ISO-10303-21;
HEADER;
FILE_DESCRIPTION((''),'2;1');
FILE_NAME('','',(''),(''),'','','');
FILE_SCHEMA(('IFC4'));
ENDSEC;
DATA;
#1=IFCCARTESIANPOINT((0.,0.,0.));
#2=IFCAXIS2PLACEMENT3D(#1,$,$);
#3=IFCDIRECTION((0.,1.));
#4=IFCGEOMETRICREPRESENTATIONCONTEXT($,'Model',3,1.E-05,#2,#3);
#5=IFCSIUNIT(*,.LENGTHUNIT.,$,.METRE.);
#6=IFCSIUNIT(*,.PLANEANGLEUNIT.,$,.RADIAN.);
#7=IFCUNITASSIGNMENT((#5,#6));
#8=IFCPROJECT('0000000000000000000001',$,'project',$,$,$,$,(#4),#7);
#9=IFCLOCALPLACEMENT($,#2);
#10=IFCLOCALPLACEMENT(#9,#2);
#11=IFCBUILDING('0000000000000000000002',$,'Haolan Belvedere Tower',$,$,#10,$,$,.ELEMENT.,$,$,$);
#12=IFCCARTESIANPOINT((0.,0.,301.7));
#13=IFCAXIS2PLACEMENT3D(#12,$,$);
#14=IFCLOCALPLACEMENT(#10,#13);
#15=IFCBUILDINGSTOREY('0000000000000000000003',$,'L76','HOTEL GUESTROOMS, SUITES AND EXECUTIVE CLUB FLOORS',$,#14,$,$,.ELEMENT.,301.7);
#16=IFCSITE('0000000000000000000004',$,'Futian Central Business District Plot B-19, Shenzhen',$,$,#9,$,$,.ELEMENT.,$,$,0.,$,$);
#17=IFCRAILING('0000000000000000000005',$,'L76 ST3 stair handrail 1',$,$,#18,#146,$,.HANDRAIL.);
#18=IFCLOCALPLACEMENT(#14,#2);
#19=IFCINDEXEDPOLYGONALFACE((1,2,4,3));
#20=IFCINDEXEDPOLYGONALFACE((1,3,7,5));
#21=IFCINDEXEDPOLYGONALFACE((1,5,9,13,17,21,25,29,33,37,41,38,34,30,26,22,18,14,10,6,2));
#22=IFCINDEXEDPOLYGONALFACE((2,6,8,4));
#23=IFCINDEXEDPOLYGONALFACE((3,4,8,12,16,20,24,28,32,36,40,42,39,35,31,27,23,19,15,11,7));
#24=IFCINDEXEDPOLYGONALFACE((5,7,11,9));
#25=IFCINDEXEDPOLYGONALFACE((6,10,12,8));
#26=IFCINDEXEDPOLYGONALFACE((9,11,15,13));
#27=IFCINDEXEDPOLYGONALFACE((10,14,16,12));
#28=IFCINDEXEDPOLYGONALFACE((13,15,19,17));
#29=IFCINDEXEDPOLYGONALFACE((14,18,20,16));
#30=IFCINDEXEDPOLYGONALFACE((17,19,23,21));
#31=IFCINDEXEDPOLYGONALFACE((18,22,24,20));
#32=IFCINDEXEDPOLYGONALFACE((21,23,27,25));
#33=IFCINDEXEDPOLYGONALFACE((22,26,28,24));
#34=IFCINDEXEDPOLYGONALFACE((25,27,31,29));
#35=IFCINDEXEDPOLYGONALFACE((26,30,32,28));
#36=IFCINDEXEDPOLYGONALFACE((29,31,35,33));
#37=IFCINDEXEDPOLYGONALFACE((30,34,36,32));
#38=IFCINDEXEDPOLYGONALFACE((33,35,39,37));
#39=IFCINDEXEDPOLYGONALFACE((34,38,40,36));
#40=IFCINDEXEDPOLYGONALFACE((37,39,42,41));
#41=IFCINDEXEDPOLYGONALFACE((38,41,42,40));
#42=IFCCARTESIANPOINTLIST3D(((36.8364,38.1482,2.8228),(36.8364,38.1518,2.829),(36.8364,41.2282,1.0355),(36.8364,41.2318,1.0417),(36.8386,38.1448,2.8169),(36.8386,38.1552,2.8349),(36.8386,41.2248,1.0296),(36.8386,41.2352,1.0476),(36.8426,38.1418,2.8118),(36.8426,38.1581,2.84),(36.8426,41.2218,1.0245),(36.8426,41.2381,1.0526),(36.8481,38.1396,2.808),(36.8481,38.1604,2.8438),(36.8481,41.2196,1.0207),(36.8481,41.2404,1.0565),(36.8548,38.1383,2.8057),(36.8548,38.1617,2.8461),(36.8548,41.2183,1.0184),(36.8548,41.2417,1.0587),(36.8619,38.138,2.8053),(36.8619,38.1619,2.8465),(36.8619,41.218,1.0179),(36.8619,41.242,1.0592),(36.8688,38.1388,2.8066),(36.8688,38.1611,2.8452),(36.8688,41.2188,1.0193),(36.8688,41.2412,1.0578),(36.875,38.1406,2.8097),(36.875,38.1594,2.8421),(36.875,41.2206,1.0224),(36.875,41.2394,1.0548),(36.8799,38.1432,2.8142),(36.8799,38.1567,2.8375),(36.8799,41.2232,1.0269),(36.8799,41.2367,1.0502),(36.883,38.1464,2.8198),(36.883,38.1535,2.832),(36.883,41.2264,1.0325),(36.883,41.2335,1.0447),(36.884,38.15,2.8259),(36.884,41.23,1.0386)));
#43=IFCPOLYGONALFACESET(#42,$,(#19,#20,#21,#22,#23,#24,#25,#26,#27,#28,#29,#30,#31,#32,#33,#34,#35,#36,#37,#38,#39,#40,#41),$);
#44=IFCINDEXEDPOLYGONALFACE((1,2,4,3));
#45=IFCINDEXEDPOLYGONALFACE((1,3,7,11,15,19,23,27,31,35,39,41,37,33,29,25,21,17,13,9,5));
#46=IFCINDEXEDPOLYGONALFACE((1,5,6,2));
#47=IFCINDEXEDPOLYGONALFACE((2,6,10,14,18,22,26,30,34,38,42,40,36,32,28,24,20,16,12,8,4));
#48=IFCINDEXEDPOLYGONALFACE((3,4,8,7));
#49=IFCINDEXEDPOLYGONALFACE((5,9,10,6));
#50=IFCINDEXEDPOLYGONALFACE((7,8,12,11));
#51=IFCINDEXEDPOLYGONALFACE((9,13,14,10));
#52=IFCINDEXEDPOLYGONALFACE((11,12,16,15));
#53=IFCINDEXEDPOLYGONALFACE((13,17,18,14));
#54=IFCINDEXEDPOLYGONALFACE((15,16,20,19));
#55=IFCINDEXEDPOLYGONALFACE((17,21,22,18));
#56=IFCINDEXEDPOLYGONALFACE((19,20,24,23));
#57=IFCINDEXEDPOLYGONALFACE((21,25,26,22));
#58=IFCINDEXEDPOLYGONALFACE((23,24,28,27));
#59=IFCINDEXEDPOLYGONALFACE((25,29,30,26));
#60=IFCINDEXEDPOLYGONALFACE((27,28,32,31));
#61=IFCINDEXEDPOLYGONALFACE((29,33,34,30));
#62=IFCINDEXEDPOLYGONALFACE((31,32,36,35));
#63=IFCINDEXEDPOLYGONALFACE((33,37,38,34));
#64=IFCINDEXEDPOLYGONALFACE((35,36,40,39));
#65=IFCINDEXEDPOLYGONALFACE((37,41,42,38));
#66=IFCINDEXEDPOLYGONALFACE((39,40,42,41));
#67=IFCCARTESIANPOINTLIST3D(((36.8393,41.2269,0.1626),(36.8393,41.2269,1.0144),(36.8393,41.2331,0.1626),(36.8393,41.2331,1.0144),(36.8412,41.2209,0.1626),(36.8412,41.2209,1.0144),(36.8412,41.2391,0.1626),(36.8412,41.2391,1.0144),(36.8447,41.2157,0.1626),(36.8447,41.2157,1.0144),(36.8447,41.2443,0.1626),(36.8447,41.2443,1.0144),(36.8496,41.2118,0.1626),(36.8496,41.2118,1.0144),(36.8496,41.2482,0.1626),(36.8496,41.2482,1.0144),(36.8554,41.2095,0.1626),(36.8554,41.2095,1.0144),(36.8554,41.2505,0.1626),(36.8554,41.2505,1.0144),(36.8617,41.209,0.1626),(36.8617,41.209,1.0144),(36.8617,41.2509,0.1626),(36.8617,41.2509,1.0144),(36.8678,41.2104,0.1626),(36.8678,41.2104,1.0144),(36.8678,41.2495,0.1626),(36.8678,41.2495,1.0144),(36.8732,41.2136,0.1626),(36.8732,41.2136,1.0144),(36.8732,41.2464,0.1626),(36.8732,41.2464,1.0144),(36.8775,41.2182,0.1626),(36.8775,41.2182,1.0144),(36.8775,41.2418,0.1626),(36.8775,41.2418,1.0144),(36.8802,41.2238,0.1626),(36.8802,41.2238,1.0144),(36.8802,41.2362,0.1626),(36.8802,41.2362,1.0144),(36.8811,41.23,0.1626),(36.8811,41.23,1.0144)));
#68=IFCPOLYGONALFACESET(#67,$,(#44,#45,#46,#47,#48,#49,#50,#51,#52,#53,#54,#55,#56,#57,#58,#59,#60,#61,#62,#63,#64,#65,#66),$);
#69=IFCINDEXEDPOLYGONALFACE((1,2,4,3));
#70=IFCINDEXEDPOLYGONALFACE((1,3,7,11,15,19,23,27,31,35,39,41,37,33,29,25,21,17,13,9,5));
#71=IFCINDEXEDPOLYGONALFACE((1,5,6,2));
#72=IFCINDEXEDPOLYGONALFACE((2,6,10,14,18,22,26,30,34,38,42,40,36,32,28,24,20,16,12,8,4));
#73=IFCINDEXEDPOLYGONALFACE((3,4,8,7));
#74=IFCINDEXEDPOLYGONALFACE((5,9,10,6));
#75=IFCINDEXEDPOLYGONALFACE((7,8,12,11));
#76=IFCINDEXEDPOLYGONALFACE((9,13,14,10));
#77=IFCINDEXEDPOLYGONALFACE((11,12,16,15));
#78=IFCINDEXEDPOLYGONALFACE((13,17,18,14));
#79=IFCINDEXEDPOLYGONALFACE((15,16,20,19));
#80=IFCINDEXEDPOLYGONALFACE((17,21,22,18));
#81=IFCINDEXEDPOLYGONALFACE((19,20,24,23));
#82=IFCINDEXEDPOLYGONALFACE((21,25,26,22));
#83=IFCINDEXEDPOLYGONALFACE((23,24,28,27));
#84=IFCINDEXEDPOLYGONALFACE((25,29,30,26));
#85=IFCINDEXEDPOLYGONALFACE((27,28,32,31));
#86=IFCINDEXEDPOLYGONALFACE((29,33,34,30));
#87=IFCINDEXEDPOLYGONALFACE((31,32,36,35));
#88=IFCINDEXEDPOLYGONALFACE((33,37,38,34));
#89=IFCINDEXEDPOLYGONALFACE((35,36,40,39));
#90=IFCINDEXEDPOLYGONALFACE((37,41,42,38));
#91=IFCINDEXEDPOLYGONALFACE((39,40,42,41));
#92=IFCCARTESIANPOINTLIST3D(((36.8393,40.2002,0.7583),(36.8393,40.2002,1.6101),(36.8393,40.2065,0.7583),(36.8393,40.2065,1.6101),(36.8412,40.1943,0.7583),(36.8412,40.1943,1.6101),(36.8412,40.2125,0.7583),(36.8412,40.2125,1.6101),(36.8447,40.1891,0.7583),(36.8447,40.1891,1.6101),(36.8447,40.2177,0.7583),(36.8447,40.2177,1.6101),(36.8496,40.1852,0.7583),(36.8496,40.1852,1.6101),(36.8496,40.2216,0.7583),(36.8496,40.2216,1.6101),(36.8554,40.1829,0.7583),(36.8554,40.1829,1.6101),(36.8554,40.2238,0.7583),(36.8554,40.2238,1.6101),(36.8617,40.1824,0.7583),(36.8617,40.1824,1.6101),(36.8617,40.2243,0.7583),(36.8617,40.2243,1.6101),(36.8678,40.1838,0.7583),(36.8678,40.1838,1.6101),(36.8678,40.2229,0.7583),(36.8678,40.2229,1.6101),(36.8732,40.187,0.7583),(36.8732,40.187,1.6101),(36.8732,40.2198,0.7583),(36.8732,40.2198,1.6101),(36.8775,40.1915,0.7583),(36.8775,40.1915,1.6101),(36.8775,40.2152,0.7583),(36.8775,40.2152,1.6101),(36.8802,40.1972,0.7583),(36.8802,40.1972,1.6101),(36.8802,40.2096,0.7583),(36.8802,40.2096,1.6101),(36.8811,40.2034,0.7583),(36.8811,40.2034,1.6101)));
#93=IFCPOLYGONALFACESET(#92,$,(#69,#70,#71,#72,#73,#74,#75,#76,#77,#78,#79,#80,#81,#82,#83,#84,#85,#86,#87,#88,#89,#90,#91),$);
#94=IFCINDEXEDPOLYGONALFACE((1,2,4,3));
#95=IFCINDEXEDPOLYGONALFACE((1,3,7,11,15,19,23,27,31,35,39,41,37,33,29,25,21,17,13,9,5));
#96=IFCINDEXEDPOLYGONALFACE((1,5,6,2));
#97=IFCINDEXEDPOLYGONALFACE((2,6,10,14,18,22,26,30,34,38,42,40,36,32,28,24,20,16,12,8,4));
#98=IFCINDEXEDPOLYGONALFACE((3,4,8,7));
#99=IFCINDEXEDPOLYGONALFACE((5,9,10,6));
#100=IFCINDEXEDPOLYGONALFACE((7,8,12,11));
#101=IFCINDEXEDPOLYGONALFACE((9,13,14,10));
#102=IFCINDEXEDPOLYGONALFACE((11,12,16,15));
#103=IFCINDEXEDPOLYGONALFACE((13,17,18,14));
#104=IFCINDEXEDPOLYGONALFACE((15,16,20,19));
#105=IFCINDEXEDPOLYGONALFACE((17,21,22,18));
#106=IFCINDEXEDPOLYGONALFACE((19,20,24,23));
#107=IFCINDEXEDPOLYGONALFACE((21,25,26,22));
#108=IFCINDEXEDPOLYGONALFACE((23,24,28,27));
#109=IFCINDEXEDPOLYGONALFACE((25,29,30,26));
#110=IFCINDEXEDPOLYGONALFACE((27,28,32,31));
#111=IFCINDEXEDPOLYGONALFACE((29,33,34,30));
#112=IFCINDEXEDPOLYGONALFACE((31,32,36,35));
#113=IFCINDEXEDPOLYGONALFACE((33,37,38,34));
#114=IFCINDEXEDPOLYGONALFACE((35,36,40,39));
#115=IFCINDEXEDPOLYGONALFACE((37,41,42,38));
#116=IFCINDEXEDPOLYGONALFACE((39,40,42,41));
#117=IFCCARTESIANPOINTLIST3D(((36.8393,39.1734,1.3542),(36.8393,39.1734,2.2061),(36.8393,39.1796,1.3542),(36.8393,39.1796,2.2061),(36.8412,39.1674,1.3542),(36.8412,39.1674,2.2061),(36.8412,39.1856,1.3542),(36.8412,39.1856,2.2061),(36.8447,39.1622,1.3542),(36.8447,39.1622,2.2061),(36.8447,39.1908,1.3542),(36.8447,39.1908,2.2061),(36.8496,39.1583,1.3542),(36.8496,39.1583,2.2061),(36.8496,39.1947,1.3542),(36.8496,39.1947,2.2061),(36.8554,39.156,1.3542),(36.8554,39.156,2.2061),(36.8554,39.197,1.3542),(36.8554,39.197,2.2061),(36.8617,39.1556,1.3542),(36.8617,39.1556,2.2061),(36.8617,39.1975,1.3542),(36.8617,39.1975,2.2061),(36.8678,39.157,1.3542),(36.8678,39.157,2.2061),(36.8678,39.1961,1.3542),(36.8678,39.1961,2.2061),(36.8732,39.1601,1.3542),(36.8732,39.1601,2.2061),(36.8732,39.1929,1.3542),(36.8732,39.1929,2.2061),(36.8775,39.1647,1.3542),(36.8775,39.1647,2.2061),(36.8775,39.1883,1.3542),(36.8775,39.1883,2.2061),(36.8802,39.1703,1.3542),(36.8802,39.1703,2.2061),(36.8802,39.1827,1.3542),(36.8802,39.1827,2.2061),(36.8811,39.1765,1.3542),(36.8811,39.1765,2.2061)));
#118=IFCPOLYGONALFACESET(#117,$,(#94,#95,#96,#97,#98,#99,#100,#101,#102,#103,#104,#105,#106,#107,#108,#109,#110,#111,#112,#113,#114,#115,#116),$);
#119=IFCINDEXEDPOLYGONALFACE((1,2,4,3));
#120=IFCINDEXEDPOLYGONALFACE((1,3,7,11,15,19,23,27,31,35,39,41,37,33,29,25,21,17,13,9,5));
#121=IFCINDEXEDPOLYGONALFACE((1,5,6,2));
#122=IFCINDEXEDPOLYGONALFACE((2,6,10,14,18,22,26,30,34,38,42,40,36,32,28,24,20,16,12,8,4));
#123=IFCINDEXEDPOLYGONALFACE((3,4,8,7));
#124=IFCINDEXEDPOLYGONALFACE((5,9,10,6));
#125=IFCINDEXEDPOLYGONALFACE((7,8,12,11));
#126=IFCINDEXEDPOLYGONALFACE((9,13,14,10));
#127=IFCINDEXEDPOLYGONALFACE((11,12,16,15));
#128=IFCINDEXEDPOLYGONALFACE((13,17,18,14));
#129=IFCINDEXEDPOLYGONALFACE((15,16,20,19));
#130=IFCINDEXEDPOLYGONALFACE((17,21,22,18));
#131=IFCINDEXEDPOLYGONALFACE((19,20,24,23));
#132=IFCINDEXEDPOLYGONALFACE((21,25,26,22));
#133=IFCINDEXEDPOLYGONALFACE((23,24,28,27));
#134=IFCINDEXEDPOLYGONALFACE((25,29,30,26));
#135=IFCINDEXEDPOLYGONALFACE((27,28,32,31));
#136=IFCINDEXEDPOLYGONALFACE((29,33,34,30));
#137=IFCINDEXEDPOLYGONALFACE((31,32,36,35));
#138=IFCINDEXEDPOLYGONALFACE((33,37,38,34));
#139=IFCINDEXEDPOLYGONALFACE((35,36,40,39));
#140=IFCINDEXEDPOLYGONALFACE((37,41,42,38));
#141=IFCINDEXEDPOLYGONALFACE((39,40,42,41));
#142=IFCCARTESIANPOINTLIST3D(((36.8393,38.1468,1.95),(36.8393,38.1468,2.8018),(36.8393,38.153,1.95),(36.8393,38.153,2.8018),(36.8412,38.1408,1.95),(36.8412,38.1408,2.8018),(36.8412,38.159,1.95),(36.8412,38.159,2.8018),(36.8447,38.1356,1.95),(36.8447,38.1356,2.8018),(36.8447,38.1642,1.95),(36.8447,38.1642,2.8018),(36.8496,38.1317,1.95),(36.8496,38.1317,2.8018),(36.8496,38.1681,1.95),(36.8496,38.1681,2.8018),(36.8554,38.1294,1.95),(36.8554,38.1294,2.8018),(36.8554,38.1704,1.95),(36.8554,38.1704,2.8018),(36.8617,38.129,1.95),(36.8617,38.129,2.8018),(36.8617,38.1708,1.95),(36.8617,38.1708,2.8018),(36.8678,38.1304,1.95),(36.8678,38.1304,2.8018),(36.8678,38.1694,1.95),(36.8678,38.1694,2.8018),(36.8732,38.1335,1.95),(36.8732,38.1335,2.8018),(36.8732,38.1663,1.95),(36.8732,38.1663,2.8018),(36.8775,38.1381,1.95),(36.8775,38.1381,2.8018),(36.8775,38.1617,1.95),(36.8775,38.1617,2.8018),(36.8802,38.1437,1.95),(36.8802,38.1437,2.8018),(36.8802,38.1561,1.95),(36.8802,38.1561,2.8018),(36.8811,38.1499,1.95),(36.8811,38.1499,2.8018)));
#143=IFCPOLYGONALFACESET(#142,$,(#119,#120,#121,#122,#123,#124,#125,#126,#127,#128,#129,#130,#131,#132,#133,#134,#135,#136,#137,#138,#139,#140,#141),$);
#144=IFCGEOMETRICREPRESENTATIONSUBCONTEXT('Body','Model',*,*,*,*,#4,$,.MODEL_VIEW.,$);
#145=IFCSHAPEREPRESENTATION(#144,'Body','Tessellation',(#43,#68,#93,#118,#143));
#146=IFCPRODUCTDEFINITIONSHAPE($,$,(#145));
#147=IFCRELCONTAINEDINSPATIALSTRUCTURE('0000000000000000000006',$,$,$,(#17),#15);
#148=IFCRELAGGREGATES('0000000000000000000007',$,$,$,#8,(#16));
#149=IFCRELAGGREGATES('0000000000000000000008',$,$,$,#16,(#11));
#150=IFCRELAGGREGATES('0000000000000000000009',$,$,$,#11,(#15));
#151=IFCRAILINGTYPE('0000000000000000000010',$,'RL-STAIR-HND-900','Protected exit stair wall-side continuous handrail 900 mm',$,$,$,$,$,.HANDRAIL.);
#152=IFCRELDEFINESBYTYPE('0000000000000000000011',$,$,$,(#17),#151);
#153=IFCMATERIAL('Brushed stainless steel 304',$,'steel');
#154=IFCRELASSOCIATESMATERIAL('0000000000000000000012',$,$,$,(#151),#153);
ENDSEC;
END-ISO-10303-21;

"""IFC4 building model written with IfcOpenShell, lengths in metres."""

from ifc_helpers import new_model, si_unit, direction, frame, origin, origin_2d, place, context, subcontext, project, spatial, circle, extrude, material, type_object, element, save


model = new_model("IFC4")

# Units and contexts
model_context = context("Model", 3, precision=1e-05, world=origin(), true_north=direction((0.0, 1.0)))
body_context = subcontext(model_context, "Body", "Model", "MODEL_VIEW")
ifc_project = project(units=[si_unit("LENGTHUNIT", "METRE"), si_unit("PLANEANGLEUNIT", "RADIAN")], contexts=[model_context])

# Site, building, storey
site_placement = place(None, origin())
site = spatial("IfcSite", under=ifc_project, at=site_placement, Name="Futian Central Business District Plot B-19, Shenzhen", CompositionType="ELEMENT", RefElevation=0.0)
building_placement = place(site_placement, origin())
building = spatial("IfcBuilding", under=site, at=building_placement, Name="Haolan Belvedere Tower", CompositionType="ELEMENT")
storey_placement = place(building_placement, frame((0.0, 0.0, 301.7)))
storey = spatial("IfcBuildingStorey", under=building, at=storey_placement, Name="L76", Description="HOTEL GUESTROOMS, SUITES AND EXECUTIVE CLUB FLOORS", CompositionType="ELEMENT", Elevation=301.7)

# Railing
ifc_material_1 = material(Name="Brushed stainless steel 304", Category="steel")
railing_type_1 = type_object("IfcRailingType", Name="RL-STAIR-HND-900", Description="Protected exit stair wall-side continuous handrail 900 mm", PredefinedType="HANDRAIL", material=ifc_material_1)
railing_1_placement = place(storey_placement, frame((36.8601, 41.23, 0.1626)))
element("IfcRailing", 1, at=railing_1_placement, inside=storey, type_object=railing_type_1, Name="L76 ST3 stair handrail 1", PredefinedType="HANDRAIL", context=body_context, shape_type="SweptSolid", body=[
    extrude(circle(Radius=0.0239, at=origin_2d()), frame((0.0, 0.0, 0.876), z_axis=(0.0, -0.86492, 0.501909), x_axis=(1.0, 0.0, 0.0)), (0.0, 0.0, 1.0), 3.561),
    extrude(circle(Radius=0.021, at=origin_2d()), origin(), (0.0, 0.0, 1.0), 0.8518),
    extrude(circle(Radius=0.021, at=origin_2d()), frame((0.0, -1.0266, 0.5957)), (0.0, 0.0, 1.0), 0.8518),
    extrude(circle(Radius=0.021, at=origin_2d()), frame((0.0, -2.0535, 1.1917)), (0.0, 0.0, 1.0), 0.8518),
    extrude(circle(Radius=0.021, at=origin_2d()), frame((0.0, -3.0801, 1.7874)), (0.0, 0.0, 1.0), 0.8518),
])

save(model, "model.ifc")
